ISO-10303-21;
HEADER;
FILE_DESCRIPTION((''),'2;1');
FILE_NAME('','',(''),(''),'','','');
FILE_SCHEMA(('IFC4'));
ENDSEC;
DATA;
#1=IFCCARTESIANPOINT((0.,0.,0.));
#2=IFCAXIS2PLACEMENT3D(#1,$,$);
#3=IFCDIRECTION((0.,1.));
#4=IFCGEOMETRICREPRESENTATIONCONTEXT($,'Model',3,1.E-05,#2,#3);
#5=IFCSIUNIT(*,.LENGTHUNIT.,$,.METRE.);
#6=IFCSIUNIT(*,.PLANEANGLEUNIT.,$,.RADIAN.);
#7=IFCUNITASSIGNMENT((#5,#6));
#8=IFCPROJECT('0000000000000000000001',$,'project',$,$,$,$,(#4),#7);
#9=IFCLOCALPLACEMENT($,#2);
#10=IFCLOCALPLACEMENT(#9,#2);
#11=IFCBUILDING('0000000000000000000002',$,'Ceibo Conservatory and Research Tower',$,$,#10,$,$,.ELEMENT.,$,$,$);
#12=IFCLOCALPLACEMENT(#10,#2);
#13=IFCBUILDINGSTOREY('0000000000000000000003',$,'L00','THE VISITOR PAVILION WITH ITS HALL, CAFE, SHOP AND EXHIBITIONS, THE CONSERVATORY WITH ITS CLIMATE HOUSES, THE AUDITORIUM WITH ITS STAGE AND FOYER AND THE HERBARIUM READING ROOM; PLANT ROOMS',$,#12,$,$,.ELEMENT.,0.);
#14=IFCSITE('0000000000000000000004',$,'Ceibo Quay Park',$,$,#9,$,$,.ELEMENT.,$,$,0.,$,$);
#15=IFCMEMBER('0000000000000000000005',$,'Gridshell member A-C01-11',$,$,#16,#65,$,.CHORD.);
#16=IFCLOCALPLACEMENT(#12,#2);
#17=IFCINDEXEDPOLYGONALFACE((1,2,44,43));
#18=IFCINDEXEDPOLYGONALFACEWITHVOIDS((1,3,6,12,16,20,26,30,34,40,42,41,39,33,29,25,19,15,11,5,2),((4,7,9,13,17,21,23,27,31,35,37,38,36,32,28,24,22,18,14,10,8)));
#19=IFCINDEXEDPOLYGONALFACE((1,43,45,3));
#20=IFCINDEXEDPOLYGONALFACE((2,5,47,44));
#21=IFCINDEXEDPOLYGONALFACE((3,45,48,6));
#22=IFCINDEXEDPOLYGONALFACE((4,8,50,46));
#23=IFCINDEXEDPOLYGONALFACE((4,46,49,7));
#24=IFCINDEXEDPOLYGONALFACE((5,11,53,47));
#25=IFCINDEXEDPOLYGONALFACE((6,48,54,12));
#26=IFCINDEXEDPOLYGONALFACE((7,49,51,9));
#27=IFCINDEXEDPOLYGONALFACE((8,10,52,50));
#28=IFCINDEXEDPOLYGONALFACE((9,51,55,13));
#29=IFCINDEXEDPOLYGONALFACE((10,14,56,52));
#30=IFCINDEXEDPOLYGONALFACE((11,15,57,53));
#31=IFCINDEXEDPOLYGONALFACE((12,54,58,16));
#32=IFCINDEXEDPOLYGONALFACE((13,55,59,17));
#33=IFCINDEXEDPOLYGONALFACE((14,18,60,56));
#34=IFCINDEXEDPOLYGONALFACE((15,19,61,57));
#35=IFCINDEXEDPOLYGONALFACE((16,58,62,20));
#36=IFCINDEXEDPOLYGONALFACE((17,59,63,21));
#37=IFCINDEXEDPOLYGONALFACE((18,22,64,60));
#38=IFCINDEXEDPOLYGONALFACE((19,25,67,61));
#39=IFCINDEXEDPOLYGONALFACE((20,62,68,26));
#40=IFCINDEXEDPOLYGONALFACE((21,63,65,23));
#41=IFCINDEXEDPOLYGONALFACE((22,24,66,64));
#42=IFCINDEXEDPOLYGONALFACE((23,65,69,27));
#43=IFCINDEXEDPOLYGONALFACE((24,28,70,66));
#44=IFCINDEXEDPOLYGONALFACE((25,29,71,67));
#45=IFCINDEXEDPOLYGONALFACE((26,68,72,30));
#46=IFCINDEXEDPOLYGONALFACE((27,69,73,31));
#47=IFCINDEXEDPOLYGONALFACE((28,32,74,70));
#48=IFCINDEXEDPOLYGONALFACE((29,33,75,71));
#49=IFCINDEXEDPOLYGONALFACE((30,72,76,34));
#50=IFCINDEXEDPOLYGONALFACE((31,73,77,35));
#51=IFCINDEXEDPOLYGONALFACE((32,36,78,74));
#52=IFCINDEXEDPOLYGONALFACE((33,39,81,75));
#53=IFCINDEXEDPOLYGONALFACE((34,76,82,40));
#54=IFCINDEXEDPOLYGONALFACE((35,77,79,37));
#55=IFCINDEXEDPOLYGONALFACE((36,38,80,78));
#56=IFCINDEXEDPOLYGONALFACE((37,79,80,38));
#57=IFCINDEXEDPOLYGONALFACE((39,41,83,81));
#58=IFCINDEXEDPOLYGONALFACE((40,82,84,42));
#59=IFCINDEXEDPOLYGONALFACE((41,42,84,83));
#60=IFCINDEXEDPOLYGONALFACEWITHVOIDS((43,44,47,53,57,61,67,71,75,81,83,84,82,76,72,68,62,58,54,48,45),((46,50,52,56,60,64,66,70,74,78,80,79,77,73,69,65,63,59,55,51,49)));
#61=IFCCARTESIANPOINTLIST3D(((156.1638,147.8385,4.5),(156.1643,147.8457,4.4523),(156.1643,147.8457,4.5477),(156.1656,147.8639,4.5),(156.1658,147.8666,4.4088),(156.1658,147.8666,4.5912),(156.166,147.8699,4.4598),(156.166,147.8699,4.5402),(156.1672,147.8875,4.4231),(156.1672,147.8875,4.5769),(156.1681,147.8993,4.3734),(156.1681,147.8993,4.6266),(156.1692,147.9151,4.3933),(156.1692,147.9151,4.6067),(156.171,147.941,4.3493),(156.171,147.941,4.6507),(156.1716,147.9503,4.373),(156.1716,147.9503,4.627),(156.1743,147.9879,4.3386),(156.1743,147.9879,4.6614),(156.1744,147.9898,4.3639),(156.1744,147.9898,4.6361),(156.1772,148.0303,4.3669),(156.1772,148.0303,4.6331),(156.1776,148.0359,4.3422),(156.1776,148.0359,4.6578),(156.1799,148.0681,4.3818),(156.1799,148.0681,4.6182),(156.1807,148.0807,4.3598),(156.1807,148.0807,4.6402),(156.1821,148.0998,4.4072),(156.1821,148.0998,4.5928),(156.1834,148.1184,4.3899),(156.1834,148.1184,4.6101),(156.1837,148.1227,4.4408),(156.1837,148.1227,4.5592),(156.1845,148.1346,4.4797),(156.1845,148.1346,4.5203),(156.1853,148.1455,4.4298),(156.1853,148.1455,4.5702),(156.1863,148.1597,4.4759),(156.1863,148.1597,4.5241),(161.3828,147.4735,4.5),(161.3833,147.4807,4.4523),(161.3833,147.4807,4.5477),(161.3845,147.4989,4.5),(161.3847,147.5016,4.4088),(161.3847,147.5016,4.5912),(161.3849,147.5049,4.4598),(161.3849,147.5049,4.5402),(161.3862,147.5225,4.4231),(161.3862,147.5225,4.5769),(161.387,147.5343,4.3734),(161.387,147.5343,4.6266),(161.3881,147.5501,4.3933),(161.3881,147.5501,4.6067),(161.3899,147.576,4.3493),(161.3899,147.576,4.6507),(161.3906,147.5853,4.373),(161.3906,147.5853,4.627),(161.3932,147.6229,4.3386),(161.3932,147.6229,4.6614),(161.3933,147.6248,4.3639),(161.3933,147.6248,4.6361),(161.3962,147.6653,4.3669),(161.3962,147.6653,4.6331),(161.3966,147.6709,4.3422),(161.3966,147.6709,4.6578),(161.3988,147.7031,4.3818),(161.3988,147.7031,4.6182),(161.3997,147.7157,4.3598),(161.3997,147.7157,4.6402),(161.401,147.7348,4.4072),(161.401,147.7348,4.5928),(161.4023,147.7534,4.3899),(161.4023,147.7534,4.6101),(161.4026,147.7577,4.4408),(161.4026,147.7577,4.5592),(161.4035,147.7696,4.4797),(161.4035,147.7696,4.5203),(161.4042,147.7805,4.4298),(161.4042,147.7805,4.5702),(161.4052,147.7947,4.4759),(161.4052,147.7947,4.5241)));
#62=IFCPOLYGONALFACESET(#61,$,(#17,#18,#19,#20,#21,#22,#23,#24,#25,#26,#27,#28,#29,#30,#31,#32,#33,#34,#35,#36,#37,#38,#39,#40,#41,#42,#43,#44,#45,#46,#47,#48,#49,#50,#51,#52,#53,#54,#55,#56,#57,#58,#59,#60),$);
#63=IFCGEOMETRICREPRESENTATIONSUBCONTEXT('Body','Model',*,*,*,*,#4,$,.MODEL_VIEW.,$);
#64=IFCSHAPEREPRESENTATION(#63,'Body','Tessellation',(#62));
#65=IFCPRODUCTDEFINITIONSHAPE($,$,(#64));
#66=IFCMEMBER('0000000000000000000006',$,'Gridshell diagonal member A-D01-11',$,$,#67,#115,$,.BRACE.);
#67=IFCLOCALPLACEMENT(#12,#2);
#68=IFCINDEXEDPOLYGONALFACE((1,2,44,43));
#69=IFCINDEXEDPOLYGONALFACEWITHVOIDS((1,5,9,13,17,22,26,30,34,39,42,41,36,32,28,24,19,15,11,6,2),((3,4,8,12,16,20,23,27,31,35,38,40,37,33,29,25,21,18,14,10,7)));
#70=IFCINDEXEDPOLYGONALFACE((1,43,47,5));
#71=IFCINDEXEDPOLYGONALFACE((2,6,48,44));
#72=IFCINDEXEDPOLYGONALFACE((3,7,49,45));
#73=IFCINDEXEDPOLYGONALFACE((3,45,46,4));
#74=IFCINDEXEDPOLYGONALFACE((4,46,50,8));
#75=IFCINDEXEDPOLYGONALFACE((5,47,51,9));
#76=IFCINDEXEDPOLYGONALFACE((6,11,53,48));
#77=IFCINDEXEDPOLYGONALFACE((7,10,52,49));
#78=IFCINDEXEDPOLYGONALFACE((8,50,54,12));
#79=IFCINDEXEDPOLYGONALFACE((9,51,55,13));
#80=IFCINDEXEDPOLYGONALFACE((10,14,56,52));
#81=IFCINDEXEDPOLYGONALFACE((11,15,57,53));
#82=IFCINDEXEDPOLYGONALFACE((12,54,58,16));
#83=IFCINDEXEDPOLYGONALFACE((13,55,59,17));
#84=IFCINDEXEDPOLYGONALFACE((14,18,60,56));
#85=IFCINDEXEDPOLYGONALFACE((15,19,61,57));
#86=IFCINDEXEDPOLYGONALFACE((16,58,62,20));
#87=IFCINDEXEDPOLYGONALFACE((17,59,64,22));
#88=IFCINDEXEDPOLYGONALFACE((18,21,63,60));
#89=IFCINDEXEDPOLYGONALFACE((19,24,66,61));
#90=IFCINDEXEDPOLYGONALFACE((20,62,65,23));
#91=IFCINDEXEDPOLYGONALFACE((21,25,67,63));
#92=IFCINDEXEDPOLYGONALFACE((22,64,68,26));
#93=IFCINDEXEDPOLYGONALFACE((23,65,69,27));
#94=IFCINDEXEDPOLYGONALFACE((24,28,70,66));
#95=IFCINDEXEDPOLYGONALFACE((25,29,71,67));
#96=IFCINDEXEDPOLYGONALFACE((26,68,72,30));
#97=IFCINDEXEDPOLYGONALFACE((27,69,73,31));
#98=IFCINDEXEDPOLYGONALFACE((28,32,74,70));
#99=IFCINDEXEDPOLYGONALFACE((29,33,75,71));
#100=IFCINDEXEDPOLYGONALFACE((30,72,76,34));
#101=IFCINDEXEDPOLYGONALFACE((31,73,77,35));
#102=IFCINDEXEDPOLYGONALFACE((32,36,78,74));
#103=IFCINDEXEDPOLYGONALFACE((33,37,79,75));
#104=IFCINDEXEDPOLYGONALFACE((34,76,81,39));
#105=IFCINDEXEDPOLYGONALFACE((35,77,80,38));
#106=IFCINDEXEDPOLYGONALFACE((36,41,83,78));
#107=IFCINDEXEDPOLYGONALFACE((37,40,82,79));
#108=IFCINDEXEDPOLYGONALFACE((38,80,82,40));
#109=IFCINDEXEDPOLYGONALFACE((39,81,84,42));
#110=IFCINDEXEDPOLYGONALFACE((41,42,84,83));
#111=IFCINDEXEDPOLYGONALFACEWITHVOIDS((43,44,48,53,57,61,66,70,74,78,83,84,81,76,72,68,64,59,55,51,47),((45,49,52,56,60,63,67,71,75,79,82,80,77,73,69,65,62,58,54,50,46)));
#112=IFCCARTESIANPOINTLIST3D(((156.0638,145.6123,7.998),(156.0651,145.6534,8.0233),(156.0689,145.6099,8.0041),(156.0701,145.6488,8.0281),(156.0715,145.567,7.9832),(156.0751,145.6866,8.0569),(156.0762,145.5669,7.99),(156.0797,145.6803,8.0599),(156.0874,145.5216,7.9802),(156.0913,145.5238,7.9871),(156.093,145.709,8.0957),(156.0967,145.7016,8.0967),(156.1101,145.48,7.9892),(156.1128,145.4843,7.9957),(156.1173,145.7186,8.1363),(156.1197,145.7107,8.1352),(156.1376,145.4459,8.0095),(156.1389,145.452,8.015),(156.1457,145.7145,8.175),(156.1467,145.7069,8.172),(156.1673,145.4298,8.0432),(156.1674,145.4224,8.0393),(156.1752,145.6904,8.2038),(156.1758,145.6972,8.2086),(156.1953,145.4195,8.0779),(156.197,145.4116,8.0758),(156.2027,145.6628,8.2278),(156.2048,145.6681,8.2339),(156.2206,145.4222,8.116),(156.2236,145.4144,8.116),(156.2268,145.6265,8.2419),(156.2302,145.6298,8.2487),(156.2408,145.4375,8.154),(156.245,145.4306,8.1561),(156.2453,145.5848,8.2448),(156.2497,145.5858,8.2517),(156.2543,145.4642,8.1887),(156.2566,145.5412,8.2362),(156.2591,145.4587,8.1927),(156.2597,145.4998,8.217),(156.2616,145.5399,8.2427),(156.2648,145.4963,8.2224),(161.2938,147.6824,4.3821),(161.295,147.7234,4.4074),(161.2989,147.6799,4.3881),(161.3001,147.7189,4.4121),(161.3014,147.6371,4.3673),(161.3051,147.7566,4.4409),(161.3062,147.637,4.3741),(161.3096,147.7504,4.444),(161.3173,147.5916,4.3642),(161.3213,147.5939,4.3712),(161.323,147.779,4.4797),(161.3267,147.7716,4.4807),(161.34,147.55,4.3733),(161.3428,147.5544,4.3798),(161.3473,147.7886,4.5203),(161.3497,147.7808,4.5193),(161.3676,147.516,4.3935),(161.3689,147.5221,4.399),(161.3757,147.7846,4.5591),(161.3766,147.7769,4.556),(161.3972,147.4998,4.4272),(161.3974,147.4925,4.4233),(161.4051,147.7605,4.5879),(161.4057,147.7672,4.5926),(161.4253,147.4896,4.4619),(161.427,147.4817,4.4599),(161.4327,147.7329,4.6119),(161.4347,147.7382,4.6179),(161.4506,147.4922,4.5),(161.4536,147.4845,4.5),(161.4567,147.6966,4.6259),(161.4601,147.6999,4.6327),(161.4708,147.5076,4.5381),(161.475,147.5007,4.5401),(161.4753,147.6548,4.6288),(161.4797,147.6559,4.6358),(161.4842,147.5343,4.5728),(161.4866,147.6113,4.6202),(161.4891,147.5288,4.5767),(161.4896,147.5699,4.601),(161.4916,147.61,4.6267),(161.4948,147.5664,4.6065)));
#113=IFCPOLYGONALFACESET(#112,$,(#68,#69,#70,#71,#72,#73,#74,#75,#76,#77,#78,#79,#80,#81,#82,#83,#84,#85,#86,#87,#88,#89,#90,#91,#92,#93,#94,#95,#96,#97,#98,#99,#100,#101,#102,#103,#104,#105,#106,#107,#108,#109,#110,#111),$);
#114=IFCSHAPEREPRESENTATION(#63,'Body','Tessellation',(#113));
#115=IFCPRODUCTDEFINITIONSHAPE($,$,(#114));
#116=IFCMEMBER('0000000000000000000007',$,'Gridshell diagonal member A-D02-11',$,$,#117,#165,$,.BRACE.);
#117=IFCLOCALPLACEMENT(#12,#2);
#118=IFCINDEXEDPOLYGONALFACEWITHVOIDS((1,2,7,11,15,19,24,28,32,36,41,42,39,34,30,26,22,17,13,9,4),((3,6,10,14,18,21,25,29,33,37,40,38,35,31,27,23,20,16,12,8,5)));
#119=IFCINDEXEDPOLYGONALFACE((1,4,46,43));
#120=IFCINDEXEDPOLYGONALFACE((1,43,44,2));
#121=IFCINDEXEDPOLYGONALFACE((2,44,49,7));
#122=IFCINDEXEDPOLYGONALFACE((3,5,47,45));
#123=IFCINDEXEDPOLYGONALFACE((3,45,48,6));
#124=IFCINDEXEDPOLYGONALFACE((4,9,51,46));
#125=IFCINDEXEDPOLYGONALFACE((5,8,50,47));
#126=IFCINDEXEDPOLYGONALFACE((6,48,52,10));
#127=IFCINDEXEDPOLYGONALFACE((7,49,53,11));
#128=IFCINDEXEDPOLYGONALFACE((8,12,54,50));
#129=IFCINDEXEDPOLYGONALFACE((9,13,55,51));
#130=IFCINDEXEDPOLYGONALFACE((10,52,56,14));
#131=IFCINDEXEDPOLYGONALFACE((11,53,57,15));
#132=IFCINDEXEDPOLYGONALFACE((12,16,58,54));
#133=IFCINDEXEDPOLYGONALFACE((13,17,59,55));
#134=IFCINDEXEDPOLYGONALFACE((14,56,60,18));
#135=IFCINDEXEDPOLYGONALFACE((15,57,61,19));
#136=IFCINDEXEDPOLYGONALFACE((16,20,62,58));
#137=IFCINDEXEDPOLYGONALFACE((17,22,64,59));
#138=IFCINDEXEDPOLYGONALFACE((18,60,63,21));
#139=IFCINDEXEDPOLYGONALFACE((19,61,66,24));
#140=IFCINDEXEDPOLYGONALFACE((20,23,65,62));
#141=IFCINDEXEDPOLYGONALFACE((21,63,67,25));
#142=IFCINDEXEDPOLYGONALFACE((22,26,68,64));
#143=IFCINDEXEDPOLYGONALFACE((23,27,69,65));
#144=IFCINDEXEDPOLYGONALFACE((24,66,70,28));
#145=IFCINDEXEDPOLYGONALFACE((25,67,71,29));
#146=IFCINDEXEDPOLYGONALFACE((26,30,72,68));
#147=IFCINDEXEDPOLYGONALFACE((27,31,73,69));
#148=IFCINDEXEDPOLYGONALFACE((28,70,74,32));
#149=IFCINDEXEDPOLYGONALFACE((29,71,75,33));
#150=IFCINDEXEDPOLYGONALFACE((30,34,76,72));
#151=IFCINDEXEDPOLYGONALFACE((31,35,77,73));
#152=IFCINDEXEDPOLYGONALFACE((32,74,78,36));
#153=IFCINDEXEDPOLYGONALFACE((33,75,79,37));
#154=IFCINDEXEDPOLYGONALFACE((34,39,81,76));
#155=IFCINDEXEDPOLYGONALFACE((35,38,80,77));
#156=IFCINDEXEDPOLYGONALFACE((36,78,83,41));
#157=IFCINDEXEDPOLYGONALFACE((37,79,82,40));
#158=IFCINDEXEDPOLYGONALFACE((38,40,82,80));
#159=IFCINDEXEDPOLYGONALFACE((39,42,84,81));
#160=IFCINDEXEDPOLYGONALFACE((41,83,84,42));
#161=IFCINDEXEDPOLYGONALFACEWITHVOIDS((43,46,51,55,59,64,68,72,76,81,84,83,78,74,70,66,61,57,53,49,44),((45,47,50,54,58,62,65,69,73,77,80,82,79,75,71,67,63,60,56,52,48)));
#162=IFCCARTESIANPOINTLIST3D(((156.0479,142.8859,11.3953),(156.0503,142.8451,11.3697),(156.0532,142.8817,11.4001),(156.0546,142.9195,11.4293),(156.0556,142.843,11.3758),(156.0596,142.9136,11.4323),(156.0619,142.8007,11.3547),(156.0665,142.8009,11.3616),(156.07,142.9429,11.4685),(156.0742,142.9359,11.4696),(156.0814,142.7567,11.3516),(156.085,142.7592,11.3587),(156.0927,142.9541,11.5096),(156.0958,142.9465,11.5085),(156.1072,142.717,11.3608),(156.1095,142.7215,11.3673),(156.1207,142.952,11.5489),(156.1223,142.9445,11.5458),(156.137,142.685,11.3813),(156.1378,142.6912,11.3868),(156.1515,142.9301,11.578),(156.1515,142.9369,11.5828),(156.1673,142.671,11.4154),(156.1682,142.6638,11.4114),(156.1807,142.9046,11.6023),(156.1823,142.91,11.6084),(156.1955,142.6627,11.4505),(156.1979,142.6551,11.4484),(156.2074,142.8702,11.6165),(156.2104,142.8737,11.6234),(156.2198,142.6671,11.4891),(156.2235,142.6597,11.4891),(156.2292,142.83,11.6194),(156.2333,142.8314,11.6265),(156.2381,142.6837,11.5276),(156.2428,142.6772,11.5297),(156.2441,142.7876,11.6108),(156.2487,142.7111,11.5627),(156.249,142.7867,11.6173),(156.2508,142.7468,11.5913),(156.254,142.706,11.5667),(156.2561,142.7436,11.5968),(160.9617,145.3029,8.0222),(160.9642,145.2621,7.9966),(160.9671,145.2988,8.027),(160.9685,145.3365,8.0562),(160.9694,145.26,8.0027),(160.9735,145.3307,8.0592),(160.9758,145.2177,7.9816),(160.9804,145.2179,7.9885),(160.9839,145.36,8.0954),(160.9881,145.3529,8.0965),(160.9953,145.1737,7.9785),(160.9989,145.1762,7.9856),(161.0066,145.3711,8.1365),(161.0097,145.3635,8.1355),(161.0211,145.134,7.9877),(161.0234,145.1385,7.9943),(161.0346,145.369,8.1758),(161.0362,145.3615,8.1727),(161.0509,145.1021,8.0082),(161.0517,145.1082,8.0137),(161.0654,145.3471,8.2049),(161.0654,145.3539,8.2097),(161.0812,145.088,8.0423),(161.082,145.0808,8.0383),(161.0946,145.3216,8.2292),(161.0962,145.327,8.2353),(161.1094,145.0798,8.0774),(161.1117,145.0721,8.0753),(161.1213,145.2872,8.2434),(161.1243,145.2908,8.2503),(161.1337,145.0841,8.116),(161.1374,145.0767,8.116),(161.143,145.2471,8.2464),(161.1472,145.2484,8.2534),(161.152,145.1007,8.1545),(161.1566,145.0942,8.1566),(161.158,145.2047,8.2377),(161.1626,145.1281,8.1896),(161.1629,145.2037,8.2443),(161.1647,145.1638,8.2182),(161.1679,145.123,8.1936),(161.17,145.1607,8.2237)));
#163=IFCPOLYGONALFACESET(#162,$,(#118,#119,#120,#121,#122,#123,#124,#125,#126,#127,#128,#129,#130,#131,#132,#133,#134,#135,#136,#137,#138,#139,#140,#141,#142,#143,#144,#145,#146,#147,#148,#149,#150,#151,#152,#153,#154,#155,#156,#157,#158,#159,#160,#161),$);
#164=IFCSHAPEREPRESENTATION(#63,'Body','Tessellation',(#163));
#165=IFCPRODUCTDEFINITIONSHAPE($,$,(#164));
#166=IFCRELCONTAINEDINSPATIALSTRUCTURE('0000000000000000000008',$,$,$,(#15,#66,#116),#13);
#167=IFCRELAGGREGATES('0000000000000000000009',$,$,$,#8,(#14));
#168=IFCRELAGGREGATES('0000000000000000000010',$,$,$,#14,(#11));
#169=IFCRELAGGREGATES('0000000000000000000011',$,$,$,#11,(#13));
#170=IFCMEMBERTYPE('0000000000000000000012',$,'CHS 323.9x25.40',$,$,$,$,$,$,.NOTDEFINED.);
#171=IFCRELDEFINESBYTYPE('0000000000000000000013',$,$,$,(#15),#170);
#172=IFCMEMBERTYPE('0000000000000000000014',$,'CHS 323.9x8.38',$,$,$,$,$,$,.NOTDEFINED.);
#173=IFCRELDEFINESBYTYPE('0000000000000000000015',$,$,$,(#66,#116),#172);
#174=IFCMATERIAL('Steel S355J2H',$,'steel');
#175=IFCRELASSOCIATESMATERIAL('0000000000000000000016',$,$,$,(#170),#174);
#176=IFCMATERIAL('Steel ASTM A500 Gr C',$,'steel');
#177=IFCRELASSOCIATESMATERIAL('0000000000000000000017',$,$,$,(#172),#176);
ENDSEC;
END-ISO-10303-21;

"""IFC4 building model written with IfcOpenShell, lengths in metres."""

from ifc_helpers import new_model, si_unit, direction, frame, origin, origin_2d, place, context, subcontext, project, spatial, hollow_circle, extrude, material, material_profile, profile_set, type_object, element, save


model = new_model("IFC4")

# Units and contexts
model_context = context("Model", 3, precision=1e-05, world=origin(), true_north=direction((0.0, 1.0)))
body_context = subcontext(model_context, "Body", "Model", "MODEL_VIEW")
ifc_project = project(units=[si_unit("LENGTHUNIT", "METRE"), si_unit("PLANEANGLEUNIT", "RADIAN")], contexts=[model_context])

# Site, building, storey
site_placement = place(None, origin())
site = spatial("IfcSite", under=ifc_project, at=site_placement, Name="Ceibo Quay Park", CompositionType="ELEMENT", RefElevation=0.0)
building_placement = place(site_placement, origin())
building = spatial("IfcBuilding", under=site, at=building_placement, Name="Ceibo Conservatory and Research Tower", CompositionType="ELEMENT")
storey_placement = place(building_placement, origin())
storey = spatial("IfcBuildingStorey", under=building, at=storey_placement, Name="L00", Description="THE VISITOR PAVILION WITH ITS HALL, CAFE, SHOP AND EXHIBITIONS, THE CONSERVATORY WITH ITS CLIMATE HOUSES, THE AUDITORIUM WITH ITS STAGE AND FOYER AND THE HERBARIUM READING ROOM; PLANT ROOMS", CompositionType="ELEMENT", Elevation=0.0)

# Members
ifc_material_1 = material(Name="Steel ASTM A500 Gr C", Category="steel")
ifc_material_2 = material(Name="Steel S355J2H", Category="steel")
ifc_material_profile_1 = material_profile(ifc_material_2, hollow_circle(Radius=0.1619, WallThickness=0.0254, at=origin_2d()), Name="CHS 323.9x25.40")
ifc_profile_set_1 = profile_set([ifc_material_profile_1], Name="Steel S355J2H")
member_type_1 = type_object("IfcMemberType", Name="CHS 323.9x25.40", PredefinedType="NOTDEFINED", material=ifc_profile_set_1)
member_1_placement = place(storey_placement, frame((161.394, 147.635, 4.5), z_axis=(-0.997563, 0.069765, 0.0), x_axis=(-0.069765, -0.997563, 0.0)))
element("IfcMember", 1, at=member_1_placement, inside=storey, type_object=member_type_1, Name="Gridshell member A-C01-11", PredefinedType="CHORD", context=body_context, shape_type="SweptSolid", body=[
    extrude(hollow_circle(Radius=0.1619, WallThickness=0.0254, at=origin_2d()), origin(), (0.0, 0.0, 1.0), 5.2317),
])
ifc_material_profile_2 = material_profile(ifc_material_1, hollow_circle(Radius=0.1619, WallThickness=0.0083, at=origin_2d()), Name="CHS 323.9x8.38")
ifc_profile_set_2 = profile_set([ifc_material_profile_2], Name="Steel ASTM A500 Gr C")
member_type_2 = type_object("IfcMemberType", Name="CHS 323.9x8.38", PredefinedType="NOTDEFINED", material=ifc_profile_set_2)
member_2_placement = place(storey_placement, frame((161.394, 147.635, 4.5), z_axis=(-0.782137, -0.309576, 0.540763), x_axis=(0.368028, -0.929815, 0.0)))
element("IfcMember", 2, at=member_2_placement, inside=storey, type_object=member_type_2, Name="Gridshell diagonal member A-D01-11", PredefinedType="BRACE", context=body_context, shape_type="SweptSolid", body=[
    extrude(hollow_circle(Radius=0.1619, WallThickness=0.0083, at=origin_2d()), origin(), (0.0, 0.0, 1.0), 6.6868),
])
member_3_placement = place(storey_placement, frame((161.0659, 145.2219, 8.116), z_axis=(-0.764017, -0.375802, 0.524453), x_axis=(0.441373, -0.897324, 0.0)))
element("IfcMember", 3, at=member_3_placement, inside=storey, type_object=member_type_2, Name="Gridshell diagonal member A-D02-11", PredefinedType="BRACE", context=body_context, shape_type="SweptSolid", body=[
    extrude(hollow_circle(Radius=0.1619, WallThickness=0.0083, at=origin_2d()), origin(), (0.0, 0.0, 1.0), 6.4316),
])

save(model, "model.ifc")
